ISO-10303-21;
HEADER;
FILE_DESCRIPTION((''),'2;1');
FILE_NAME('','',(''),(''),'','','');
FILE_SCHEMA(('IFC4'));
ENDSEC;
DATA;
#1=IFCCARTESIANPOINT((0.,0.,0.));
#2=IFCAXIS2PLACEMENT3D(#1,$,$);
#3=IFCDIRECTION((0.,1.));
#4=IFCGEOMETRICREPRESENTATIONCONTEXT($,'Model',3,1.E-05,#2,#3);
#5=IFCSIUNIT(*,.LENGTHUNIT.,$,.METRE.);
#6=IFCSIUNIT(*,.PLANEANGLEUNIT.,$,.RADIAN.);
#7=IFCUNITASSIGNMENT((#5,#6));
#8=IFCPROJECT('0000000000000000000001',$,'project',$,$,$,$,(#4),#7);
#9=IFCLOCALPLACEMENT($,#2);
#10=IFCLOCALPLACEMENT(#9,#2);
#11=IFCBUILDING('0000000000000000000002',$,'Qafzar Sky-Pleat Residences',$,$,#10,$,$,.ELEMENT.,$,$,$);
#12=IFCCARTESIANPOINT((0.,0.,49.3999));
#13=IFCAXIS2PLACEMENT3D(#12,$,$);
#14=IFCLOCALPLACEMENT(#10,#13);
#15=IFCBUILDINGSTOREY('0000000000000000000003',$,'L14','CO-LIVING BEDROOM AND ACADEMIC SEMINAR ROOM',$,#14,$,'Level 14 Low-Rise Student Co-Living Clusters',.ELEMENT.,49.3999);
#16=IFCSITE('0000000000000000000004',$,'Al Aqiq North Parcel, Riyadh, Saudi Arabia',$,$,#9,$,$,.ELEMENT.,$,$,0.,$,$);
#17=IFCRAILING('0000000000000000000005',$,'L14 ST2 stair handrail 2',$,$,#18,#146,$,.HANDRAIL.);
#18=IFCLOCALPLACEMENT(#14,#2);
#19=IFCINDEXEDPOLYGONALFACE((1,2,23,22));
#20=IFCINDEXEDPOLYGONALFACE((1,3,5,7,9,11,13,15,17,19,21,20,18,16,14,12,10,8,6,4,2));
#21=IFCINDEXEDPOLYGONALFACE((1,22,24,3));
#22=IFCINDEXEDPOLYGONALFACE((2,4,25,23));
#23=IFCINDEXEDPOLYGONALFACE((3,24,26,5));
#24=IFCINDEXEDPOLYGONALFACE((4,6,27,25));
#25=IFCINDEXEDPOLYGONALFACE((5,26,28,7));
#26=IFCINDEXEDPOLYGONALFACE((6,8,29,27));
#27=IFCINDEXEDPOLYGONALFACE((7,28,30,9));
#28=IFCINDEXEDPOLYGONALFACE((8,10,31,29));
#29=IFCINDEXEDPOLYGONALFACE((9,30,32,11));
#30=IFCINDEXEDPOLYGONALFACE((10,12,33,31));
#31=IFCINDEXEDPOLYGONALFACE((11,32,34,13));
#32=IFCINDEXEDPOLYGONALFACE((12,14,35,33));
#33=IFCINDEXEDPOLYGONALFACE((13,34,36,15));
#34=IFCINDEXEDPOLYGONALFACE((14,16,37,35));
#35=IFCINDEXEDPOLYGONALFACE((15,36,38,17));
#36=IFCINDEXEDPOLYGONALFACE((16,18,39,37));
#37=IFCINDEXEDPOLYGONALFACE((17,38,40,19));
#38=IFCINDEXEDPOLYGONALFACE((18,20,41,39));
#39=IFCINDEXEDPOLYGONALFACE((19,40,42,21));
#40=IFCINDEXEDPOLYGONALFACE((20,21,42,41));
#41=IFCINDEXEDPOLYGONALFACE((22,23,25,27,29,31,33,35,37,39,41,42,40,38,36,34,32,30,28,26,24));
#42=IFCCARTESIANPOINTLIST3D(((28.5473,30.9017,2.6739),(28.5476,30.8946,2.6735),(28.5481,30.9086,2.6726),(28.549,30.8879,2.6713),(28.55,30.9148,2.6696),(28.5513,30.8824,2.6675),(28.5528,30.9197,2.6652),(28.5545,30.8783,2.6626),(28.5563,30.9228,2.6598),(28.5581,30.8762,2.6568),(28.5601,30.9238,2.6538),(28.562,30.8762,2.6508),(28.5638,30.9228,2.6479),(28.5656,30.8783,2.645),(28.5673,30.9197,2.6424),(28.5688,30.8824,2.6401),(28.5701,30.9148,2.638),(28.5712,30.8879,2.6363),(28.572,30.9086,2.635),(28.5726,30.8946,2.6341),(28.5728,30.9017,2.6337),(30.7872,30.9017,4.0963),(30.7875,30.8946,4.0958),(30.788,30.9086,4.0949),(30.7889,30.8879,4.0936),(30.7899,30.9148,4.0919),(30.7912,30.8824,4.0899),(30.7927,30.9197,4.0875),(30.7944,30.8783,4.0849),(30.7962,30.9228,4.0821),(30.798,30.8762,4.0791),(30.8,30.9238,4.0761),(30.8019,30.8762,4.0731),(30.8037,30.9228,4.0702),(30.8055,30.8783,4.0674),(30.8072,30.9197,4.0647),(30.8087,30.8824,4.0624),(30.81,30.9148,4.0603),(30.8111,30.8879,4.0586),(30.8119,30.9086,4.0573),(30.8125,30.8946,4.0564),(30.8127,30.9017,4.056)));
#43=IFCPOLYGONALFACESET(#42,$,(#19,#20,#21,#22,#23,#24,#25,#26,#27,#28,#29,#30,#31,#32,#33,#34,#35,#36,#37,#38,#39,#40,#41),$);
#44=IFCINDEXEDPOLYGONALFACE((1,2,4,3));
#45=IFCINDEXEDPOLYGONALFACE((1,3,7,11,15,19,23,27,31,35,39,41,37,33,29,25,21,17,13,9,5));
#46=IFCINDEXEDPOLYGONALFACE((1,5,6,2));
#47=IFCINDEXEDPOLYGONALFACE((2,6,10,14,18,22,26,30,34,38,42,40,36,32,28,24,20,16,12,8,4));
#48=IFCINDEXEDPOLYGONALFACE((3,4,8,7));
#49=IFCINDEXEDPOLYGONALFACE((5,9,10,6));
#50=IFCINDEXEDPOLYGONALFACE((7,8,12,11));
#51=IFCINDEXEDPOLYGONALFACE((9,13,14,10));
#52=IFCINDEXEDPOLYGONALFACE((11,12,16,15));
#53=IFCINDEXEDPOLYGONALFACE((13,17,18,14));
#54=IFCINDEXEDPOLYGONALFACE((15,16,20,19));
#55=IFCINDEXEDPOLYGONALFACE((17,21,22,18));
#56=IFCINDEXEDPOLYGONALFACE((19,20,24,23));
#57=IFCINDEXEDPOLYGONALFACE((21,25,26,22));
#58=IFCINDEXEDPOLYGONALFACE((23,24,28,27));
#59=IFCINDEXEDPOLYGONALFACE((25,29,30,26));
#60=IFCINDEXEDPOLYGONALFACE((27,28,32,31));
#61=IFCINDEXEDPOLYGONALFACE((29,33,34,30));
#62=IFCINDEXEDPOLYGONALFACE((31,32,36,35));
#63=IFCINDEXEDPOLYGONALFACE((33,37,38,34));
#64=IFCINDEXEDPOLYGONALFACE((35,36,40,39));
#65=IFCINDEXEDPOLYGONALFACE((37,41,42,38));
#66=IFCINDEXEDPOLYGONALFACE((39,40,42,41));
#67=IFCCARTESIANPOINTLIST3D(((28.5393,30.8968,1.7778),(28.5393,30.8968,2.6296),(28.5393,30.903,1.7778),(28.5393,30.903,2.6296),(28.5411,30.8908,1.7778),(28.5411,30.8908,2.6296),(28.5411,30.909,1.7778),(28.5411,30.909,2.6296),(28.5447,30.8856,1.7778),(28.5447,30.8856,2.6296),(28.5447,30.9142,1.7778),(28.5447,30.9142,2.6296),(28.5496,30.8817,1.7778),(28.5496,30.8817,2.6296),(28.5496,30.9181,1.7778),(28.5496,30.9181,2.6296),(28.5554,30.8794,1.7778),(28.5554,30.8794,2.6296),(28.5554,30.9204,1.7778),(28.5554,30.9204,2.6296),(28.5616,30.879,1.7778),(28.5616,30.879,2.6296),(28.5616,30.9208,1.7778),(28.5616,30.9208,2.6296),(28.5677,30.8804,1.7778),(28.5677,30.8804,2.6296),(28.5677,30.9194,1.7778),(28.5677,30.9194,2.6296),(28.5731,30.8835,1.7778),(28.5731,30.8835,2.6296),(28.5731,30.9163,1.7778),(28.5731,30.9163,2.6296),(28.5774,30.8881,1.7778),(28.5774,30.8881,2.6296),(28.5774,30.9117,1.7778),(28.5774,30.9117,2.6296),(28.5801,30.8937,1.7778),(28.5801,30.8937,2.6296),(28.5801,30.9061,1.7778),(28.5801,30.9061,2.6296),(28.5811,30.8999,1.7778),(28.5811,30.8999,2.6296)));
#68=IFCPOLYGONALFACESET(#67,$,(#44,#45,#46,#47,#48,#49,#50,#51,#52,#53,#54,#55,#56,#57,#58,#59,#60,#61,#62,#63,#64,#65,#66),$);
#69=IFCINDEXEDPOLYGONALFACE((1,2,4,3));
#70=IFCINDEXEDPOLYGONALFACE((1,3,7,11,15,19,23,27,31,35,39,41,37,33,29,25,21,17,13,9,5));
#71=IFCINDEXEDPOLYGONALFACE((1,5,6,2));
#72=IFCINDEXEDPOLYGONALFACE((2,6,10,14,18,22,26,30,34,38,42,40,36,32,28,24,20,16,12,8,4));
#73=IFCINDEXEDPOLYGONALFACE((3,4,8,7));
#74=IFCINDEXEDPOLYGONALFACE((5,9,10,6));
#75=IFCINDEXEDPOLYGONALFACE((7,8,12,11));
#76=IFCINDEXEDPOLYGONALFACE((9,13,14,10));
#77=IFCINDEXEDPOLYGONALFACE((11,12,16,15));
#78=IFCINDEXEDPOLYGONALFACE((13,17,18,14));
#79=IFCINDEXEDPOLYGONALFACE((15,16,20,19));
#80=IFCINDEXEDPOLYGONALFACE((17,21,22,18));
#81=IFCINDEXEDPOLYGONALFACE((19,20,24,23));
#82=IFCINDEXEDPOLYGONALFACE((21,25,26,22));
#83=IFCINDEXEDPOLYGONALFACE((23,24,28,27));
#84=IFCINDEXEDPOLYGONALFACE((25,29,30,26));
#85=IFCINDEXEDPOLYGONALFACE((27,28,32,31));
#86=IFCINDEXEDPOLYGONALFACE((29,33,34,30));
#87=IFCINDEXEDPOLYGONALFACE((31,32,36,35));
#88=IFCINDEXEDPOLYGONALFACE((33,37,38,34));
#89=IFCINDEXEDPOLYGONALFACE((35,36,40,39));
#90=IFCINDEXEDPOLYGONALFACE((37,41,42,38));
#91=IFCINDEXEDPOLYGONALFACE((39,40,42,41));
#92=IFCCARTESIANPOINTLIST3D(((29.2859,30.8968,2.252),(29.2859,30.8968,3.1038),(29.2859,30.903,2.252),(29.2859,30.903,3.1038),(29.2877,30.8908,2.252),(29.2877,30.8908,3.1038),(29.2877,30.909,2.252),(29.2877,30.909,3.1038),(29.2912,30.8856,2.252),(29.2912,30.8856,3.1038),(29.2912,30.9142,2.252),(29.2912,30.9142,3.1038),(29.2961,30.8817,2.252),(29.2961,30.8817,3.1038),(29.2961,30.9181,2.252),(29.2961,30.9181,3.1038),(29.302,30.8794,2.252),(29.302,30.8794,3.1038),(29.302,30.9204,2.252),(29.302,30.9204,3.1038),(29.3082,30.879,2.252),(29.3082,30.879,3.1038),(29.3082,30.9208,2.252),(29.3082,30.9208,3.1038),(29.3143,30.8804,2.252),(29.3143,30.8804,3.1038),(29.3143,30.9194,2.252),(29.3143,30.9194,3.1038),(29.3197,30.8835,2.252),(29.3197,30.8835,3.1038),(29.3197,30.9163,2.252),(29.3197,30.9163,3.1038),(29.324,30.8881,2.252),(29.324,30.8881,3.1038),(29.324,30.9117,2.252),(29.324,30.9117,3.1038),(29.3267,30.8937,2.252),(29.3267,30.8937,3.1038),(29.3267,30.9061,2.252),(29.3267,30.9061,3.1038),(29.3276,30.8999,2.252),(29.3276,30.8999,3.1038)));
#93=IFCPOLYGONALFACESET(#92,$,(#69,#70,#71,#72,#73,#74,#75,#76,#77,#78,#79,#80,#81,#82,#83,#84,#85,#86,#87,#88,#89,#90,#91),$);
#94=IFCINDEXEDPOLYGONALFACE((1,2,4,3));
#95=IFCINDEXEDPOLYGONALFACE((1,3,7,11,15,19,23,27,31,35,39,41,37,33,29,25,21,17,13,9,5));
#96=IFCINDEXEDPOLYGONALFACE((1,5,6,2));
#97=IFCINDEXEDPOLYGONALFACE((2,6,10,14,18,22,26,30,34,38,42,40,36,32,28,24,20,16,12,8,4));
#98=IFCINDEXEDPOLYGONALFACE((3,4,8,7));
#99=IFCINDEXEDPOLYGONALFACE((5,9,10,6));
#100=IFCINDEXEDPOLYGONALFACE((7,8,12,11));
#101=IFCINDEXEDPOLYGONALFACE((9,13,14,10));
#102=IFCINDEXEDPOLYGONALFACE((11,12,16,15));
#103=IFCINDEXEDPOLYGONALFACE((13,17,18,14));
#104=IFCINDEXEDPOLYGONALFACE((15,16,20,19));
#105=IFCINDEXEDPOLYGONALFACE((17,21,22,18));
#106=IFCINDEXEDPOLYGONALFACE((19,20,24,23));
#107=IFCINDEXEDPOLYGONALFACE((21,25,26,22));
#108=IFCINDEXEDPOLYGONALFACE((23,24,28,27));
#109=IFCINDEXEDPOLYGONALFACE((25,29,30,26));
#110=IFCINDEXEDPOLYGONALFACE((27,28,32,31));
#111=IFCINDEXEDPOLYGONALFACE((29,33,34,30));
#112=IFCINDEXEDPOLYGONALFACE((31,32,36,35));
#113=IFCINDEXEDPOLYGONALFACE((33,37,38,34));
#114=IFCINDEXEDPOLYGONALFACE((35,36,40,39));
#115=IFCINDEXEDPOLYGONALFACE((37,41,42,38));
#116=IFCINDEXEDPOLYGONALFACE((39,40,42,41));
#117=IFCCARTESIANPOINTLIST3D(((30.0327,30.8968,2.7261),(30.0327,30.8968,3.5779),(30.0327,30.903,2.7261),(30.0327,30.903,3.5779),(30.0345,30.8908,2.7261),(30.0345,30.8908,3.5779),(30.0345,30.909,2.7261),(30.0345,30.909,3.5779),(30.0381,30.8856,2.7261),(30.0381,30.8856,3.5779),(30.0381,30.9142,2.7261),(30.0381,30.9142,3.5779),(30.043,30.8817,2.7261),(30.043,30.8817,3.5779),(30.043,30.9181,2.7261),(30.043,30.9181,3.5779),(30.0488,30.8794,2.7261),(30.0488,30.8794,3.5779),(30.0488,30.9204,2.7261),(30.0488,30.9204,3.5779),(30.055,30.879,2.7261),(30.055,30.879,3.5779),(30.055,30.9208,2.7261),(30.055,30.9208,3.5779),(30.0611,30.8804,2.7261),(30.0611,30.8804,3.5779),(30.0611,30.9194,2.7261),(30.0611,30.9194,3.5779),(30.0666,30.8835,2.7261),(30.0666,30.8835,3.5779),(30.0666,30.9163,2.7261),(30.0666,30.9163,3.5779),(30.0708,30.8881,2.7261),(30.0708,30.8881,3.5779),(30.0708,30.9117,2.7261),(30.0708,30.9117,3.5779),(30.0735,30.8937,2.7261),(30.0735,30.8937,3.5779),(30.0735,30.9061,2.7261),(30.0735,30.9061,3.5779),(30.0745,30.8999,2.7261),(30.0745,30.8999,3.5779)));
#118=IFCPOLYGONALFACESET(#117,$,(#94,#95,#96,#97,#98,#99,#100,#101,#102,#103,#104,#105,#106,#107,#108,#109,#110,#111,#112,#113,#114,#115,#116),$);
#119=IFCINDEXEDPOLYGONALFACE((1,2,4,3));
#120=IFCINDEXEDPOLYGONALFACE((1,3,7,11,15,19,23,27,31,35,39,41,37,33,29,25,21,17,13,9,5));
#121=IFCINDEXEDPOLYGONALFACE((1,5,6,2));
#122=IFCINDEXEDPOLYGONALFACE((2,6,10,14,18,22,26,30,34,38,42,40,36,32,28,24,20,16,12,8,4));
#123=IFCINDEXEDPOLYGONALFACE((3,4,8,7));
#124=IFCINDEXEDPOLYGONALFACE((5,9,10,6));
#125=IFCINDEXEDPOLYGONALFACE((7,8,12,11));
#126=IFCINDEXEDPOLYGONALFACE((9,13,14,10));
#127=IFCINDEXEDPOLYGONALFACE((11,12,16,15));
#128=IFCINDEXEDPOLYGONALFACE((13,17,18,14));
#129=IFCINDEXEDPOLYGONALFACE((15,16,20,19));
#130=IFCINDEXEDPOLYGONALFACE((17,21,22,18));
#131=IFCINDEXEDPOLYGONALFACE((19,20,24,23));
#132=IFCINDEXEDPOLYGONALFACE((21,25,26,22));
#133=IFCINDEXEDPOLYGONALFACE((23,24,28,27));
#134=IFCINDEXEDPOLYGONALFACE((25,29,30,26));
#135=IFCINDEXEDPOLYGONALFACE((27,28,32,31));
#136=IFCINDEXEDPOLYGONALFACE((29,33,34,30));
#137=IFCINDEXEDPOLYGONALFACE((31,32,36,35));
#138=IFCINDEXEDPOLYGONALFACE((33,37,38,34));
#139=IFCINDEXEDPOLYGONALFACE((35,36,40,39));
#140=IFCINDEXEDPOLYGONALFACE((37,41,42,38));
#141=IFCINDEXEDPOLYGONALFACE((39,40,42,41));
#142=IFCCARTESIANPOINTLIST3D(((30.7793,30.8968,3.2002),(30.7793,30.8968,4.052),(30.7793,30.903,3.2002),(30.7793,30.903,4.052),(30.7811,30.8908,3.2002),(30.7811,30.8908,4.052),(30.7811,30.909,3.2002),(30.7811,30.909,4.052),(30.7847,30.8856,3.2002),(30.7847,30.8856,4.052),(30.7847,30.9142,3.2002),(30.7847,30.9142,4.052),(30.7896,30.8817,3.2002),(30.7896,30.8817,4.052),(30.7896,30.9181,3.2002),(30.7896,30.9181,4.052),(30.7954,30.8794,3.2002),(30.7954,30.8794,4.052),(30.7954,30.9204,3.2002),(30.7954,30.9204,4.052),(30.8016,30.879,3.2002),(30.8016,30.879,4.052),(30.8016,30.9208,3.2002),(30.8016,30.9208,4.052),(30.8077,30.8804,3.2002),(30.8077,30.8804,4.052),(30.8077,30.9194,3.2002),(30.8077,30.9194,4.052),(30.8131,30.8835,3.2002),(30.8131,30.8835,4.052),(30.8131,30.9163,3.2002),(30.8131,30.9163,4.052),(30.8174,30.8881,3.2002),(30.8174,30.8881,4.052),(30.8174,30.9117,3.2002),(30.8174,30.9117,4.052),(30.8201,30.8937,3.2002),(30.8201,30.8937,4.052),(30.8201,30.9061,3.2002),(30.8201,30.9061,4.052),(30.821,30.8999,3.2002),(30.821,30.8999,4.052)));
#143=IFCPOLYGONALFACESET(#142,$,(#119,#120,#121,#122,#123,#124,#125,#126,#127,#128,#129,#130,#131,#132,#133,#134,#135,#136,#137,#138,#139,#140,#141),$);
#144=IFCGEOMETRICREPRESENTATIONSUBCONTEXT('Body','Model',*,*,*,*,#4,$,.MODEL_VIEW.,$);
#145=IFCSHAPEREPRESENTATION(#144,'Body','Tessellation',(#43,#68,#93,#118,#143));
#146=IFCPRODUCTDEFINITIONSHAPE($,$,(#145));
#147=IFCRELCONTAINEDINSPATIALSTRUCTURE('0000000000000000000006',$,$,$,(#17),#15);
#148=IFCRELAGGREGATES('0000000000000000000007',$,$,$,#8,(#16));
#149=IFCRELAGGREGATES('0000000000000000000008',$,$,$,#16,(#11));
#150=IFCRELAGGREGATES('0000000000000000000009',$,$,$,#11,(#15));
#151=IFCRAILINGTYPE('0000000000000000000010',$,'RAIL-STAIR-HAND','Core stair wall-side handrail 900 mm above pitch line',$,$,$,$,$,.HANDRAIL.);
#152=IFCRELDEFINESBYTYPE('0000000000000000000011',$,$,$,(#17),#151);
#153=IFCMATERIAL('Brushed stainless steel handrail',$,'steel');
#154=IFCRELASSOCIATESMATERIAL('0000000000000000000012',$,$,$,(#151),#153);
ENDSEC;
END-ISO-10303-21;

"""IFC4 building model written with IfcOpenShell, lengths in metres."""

from ifc_helpers import new_model, si_unit, direction, frame, origin, origin_2d, place, context, subcontext, project, spatial, circle, extrude, source, transform, mapped, material, type_object, element, save


model = new_model("IFC4")

# Units and contexts
model_context = context("Model", 3, precision=1e-05, world=origin(), true_north=direction((0.0, 1.0)))
body_context = subcontext(model_context, "Body", "Model", "MODEL_VIEW")
ifc_project = project(units=[si_unit("LENGTHUNIT", "METRE"), si_unit("PLANEANGLEUNIT", "RADIAN")], contexts=[model_context])

# Site, building, storey
site_placement = place(None, origin())
site = spatial("IfcSite", under=ifc_project, at=site_placement, Name="Al Aqiq North Parcel, Riyadh, Saudi Arabia", CompositionType="ELEMENT", RefElevation=0.0)
building_placement = place(site_placement, origin())
building = spatial("IfcBuilding", under=site, at=building_placement, Name="Qafzar Sky-Pleat Residences", CompositionType="ELEMENT")
storey_placement = place(building_placement, frame((0.0, 0.0, 49.3999)))
storey = spatial("IfcBuildingStorey", under=building, at=storey_placement, Name="L14", Description="CO-LIVING BEDROOM AND ACADEMIC SEMINAR ROOM", LongName="Level 14 Low-Rise Student Co-Living Clusters", CompositionType="ELEMENT", Elevation=49.3999)

# Railing
ifc_material_1 = material(Name="Brushed stainless steel handrail", Category="steel")
railing_type_1 = type_object("IfcRailingType", Name="RAIL-STAIR-HAND", Description="Core stair wall-side handrail 900 mm above pitch line", PredefinedType="HANDRAIL", material=ifc_material_1)
shared_shape_1 = source(origin(), body_context, "Body", "SweptSolid", [
    extrude(circle(Radius=0.0239, at=origin_2d()), frame((0.0, 0.0, 0.876), z_axis=(0.844188, 0.0, 0.536048), x_axis=(0.0, 1.0, 0.0)), (0.0, 0.0, 1.0), 2.6533),
    extrude(circle(Radius=0.021, at=origin_2d()), origin(), (0.0, 0.0, 1.0), 0.8518),
    extrude(circle(Radius=0.021, at=origin_2d()), frame((0.7466, 0.0, 0.4741)), (0.0, 0.0, 1.0), 0.8518),
    extrude(circle(Radius=0.021, at=origin_2d()), frame((1.4934, 0.0, 0.9482)), (0.0, 0.0, 1.0), 0.8518),
    extrude(circle(Radius=0.021, at=origin_2d()), frame((2.24, 0.0, 1.4224)), (0.0, 0.0, 1.0), 0.8518),
])
railing_1_placement = place(storey_placement, frame((28.5601, 30.8999, 1.7778)))
element("IfcRailing", 1, at=railing_1_placement, inside=storey, type_object=railing_type_1, Name="L14 ST2 stair handrail 2", PredefinedType="HANDRAIL", context=body_context, shape_type="MappedRepresentation", body=[
    mapped(shared_shape_1, transform((0.0, 0.0, 0.0), x_axis=(1.0, 0.0, 0.0), y_axis=(0.0, 1.0, 0.0), z_axis=(0.0, 0.0, 1.0), scale=1.0)),
])

save(model, "model.ifc")
